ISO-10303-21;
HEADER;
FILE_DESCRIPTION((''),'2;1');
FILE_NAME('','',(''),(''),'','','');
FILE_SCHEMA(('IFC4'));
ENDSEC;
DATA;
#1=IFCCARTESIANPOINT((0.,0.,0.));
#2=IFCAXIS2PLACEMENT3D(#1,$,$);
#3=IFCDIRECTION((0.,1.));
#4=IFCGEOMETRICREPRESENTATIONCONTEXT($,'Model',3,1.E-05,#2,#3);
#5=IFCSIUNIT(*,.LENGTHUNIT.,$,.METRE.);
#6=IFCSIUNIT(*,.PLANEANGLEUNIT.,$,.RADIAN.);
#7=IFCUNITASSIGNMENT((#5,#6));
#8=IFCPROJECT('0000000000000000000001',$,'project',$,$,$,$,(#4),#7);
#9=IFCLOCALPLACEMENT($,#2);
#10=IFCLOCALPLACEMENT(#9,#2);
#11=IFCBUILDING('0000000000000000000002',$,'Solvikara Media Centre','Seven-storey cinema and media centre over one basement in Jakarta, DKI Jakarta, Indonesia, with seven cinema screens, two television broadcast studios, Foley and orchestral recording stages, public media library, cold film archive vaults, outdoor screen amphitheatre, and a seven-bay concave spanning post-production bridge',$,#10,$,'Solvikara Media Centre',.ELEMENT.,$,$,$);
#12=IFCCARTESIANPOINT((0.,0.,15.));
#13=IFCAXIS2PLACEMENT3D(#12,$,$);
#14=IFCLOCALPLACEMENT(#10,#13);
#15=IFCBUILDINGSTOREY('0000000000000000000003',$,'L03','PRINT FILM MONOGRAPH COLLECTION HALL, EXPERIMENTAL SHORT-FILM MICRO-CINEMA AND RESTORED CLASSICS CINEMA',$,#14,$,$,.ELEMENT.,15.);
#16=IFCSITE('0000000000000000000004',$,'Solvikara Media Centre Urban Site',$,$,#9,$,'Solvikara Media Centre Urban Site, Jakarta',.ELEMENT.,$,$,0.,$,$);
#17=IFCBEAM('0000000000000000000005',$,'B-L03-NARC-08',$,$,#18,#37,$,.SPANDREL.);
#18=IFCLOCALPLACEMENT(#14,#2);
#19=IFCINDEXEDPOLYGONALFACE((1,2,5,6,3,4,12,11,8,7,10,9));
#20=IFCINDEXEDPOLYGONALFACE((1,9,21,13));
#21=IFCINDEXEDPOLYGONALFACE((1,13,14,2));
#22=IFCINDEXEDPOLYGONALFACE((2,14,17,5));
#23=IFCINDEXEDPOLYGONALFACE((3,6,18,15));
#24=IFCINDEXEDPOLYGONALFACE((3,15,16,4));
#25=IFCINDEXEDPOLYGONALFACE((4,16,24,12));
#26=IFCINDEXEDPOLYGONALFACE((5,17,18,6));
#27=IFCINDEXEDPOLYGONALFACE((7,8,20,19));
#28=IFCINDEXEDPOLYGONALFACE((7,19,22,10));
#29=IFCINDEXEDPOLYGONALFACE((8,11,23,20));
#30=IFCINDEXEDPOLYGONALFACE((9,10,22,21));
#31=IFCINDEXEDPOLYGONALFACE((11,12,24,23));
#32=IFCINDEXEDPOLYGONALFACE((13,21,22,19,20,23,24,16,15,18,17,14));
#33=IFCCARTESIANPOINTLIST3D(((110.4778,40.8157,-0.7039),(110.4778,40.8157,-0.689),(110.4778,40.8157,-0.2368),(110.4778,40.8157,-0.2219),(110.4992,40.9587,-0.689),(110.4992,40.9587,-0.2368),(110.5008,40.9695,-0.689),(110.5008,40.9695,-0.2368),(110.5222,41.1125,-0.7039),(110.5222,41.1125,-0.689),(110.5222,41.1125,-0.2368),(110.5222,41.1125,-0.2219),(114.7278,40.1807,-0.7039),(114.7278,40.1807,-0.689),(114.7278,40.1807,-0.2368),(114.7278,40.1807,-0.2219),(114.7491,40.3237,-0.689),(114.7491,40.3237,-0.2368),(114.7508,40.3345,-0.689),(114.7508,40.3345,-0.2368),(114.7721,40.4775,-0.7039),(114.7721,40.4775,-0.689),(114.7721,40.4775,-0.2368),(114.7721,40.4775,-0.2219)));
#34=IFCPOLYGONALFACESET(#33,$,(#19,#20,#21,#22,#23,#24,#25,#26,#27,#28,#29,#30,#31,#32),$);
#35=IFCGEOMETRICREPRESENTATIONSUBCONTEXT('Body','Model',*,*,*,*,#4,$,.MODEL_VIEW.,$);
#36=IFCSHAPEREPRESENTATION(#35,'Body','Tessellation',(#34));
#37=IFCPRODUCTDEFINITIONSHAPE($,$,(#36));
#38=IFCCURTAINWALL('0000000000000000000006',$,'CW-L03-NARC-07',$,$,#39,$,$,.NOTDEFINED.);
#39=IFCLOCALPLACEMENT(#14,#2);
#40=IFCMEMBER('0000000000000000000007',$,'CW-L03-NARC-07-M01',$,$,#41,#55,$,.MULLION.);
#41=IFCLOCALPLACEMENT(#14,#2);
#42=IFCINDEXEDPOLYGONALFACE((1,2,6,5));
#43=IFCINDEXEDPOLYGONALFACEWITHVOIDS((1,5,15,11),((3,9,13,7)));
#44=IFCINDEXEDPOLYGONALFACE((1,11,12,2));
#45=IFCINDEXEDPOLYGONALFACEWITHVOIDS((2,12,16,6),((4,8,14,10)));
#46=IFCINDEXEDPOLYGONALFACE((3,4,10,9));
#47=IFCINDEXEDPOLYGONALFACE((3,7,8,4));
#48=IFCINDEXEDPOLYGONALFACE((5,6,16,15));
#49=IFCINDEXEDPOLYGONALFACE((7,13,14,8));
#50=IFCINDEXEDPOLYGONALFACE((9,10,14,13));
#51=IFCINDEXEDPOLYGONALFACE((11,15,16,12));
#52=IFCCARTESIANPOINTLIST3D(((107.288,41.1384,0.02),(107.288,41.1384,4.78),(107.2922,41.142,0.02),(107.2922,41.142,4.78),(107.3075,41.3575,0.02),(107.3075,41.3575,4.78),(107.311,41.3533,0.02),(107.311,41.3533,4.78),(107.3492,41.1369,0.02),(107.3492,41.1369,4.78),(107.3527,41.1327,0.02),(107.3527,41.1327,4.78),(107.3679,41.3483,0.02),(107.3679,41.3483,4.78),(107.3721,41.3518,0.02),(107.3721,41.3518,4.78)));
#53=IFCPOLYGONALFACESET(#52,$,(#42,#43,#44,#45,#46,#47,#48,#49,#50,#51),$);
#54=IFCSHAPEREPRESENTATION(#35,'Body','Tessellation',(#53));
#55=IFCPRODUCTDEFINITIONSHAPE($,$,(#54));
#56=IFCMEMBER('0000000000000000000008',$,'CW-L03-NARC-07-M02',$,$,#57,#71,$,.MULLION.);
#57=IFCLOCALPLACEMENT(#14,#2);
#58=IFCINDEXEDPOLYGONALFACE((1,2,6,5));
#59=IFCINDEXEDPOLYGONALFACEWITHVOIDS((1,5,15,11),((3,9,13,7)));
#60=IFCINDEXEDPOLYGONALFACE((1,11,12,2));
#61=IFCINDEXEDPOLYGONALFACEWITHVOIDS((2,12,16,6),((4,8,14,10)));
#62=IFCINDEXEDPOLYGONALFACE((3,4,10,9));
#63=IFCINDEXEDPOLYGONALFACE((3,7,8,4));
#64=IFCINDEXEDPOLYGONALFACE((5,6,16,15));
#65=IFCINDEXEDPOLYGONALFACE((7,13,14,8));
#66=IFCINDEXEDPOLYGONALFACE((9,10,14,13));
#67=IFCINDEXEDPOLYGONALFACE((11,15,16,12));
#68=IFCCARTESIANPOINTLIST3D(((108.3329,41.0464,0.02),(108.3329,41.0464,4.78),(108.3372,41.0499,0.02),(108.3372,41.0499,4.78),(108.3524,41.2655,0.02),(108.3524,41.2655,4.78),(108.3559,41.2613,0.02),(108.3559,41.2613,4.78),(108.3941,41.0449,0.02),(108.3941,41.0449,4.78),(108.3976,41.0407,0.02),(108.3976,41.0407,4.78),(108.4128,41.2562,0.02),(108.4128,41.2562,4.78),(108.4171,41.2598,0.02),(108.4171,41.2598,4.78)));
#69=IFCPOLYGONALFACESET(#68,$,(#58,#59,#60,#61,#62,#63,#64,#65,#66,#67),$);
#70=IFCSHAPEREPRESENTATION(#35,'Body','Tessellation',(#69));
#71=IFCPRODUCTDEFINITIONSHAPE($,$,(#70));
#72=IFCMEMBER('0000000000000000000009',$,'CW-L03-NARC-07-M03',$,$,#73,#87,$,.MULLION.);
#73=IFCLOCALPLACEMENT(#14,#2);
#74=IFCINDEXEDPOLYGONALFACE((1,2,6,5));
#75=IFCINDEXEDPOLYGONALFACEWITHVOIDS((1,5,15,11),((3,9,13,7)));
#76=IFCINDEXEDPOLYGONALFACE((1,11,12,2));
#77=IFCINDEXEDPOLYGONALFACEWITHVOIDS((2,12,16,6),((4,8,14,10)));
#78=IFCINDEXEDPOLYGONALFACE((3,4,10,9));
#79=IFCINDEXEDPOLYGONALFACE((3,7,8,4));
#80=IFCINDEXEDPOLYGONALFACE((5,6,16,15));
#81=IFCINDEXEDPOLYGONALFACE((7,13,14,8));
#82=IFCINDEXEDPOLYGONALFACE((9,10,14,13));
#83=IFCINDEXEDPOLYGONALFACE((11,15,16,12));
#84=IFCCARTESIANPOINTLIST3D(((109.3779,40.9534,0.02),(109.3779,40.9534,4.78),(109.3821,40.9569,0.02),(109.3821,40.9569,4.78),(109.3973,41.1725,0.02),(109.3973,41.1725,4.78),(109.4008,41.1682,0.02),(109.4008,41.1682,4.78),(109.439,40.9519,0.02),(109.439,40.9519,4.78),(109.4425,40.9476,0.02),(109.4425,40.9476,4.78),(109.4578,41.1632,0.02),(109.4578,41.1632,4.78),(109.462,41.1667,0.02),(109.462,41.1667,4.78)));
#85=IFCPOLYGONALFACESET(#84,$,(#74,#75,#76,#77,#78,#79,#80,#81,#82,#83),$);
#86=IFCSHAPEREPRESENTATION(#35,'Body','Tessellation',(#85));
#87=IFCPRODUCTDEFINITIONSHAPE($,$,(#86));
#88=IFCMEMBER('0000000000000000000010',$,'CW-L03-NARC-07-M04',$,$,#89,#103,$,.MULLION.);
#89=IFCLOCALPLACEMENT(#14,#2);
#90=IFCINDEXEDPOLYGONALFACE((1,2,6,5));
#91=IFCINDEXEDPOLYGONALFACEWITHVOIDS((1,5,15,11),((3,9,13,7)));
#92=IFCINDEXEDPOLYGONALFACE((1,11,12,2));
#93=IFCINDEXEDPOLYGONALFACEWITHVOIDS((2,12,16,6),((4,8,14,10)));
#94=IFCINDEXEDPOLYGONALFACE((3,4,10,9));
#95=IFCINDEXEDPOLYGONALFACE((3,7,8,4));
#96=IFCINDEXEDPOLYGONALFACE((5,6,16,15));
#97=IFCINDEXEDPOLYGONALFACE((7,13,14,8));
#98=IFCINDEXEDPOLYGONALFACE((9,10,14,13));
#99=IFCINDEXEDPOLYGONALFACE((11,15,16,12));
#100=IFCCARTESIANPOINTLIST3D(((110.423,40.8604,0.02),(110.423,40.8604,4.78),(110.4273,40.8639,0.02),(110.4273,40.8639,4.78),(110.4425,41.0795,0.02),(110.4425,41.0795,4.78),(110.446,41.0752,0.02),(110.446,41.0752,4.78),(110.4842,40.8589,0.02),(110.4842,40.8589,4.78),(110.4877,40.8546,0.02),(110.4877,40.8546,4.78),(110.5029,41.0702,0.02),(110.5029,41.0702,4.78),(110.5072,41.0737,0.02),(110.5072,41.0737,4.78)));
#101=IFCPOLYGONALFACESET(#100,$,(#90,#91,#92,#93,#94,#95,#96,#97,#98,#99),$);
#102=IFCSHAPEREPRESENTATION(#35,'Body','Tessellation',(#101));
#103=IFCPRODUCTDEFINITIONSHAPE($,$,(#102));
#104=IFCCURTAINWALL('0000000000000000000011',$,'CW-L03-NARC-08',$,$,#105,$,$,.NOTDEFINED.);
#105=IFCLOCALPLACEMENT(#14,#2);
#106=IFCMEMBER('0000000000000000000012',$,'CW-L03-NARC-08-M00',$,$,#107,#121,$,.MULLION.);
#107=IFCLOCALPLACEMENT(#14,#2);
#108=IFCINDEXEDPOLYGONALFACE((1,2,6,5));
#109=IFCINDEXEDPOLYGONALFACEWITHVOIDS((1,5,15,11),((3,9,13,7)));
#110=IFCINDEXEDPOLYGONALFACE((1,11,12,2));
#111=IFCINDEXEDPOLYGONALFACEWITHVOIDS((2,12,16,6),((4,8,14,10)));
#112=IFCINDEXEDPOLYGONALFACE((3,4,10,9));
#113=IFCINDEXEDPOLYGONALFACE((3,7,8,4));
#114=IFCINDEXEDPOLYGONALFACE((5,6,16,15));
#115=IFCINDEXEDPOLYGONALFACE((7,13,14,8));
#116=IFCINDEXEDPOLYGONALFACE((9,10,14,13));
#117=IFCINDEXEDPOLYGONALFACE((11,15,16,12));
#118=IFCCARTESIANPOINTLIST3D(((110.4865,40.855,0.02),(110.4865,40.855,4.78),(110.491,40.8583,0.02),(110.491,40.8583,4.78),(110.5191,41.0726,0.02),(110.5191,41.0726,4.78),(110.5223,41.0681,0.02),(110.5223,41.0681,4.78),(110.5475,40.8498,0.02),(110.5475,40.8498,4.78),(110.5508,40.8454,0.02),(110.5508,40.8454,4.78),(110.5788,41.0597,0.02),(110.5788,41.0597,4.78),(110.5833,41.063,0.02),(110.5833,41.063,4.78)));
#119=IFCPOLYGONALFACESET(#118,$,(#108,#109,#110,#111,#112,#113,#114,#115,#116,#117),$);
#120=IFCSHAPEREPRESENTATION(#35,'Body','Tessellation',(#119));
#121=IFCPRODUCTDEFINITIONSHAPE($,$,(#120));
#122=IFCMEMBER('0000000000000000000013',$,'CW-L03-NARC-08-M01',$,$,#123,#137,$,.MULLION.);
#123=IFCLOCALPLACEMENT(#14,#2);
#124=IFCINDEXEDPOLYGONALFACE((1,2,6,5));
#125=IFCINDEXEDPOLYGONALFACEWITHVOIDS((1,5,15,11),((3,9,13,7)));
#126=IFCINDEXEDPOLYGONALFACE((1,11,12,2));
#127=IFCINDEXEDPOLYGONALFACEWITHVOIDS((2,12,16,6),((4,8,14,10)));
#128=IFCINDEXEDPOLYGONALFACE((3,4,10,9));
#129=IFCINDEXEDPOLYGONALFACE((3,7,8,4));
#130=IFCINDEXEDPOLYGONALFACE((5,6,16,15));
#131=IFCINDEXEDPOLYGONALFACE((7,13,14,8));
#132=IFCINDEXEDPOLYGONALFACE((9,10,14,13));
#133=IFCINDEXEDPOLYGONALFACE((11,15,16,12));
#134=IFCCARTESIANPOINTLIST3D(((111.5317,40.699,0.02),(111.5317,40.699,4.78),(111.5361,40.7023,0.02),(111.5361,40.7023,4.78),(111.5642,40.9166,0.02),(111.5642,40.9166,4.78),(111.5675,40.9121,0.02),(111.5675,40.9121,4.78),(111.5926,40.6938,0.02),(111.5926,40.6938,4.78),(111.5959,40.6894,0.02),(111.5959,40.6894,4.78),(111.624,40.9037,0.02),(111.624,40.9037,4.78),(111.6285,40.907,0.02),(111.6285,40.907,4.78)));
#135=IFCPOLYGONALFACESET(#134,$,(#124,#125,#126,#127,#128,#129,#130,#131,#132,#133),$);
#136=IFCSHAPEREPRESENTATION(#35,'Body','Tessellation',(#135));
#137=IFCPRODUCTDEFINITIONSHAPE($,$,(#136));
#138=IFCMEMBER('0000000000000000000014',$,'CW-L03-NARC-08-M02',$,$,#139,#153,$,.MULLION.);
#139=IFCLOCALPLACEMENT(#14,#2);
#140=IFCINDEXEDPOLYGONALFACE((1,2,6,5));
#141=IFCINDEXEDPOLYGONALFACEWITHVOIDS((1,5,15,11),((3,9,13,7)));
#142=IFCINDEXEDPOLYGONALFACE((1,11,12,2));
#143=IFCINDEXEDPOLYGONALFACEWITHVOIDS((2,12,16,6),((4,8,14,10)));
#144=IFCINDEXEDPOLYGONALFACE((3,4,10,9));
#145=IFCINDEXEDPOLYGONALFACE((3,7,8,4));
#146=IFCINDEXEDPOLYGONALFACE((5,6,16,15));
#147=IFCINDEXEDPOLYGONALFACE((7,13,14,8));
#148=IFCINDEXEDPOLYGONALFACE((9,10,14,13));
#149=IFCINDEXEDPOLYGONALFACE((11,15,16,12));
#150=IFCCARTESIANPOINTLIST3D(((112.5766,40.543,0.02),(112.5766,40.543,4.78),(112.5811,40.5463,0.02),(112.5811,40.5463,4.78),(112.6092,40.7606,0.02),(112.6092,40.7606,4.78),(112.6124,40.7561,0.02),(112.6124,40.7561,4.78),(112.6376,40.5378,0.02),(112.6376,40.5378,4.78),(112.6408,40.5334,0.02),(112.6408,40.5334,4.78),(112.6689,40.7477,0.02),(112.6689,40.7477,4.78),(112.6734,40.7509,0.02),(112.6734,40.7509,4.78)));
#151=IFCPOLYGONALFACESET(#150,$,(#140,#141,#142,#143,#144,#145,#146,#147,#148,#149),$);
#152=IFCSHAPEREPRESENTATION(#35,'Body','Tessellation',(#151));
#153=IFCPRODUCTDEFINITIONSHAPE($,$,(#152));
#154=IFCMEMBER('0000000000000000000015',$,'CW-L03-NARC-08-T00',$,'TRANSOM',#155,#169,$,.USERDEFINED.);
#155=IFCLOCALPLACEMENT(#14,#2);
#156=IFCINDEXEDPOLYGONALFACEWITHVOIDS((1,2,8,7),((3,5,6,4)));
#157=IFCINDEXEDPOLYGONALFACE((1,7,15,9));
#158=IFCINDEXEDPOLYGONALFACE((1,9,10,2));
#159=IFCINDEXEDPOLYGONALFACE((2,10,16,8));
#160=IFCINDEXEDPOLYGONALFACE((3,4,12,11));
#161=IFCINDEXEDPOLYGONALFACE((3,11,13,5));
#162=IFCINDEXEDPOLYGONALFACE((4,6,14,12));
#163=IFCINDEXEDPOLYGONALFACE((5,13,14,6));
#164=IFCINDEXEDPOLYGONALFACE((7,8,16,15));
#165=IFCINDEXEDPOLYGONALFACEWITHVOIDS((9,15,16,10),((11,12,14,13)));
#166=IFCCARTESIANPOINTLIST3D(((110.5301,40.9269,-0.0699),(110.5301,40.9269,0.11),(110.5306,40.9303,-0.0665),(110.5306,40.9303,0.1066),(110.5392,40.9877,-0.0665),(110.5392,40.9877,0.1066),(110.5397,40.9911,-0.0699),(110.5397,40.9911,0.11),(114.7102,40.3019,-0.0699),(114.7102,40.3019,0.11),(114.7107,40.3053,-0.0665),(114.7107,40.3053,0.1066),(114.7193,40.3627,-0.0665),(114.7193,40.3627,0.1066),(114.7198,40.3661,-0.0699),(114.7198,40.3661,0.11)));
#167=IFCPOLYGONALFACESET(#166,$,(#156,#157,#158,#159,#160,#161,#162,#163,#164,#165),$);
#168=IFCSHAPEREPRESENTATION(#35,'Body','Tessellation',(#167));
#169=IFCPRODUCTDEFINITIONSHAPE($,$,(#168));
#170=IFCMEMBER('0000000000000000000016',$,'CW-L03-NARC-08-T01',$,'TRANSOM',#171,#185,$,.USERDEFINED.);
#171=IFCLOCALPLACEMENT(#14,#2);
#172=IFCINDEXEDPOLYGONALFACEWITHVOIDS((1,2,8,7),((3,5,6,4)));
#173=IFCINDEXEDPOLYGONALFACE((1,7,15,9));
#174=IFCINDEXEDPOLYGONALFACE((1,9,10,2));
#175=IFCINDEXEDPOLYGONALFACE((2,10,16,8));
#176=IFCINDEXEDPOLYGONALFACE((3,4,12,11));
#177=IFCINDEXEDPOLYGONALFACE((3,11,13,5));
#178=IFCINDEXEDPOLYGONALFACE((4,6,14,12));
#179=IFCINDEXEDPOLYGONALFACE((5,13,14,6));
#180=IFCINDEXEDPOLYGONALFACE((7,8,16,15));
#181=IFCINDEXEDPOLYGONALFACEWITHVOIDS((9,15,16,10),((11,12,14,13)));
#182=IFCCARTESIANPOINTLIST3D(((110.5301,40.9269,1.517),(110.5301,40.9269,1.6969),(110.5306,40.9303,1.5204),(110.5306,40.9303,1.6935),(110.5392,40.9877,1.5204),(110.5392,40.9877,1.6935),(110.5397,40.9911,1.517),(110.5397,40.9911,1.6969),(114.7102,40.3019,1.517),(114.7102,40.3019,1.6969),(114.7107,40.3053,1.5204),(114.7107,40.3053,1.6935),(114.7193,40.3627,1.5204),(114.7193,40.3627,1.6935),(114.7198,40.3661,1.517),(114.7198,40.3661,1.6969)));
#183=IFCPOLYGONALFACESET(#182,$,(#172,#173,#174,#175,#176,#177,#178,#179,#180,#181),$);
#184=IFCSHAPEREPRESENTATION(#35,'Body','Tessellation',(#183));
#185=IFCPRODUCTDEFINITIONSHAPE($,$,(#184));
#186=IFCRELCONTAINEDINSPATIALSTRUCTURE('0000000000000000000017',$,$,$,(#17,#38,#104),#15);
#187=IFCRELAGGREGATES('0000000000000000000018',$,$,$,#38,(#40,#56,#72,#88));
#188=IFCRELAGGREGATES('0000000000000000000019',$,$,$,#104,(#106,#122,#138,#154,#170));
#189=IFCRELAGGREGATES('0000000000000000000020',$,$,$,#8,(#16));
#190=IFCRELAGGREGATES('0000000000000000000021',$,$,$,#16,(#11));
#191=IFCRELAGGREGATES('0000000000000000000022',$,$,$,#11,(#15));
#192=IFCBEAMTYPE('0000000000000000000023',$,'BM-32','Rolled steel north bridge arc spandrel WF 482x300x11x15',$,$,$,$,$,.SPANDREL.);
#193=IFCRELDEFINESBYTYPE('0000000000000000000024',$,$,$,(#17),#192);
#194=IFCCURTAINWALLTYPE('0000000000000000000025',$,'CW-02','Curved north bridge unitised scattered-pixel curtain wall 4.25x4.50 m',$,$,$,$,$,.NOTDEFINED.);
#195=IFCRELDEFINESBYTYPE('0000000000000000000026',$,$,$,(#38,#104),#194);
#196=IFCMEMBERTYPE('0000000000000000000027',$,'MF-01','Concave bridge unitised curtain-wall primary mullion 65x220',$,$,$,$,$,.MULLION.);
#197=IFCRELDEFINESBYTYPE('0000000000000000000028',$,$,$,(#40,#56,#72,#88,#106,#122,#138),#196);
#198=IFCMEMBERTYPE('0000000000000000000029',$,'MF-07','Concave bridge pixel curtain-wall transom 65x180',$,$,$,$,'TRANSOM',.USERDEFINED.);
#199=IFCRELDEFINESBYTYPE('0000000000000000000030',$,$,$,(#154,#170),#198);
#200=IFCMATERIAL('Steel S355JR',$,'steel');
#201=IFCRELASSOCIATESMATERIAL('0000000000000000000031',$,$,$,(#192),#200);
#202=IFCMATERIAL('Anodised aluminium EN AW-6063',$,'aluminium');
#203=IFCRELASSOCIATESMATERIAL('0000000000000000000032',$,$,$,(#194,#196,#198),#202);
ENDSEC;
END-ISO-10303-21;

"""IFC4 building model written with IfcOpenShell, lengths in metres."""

from ifc_helpers import new_model, si_unit, direction, frame, origin, origin_2d, place, context, subcontext, project, spatial, hollow_rectangle, i_section, extrude, material, material_profile, profile_set, type_object, element, aggregate, save


model = new_model("IFC4")

# Units and contexts
model_context = context("Model", 3, precision=1e-05, world=origin(), true_north=direction((0.0, 1.0)))
body_context = subcontext(model_context, "Body", "Model", "MODEL_VIEW")
ifc_project = project(units=[si_unit("LENGTHUNIT", "METRE"), si_unit("PLANEANGLEUNIT", "RADIAN")], contexts=[model_context])

# Site, building, storey
site_placement = place(None, origin())
site = spatial("IfcSite", under=ifc_project, at=site_placement, Name="Solvikara Media Centre Urban Site", LongName="Solvikara Media Centre Urban Site, Jakarta", CompositionType="ELEMENT", RefElevation=0.0)
building_placement = place(site_placement, origin())
building = spatial("IfcBuilding", under=site, at=building_placement, Name="Solvikara Media Centre", Description="Seven-storey cinema and media centre over one basement in Jakarta, DKI Jakarta, Indonesia, with seven cinema screens, two television broadcast studios, Foley and orchestral recording stages, public media library, cold film archive vaults, outdoor screen amphitheatre, and a seven-bay concave spanning post-production bridge", LongName="Solvikara Media Centre", CompositionType="ELEMENT")
storey_placement = place(building_placement, frame((0.0, 0.0, 15.0)))
storey = spatial("IfcBuildingStorey", under=building, at=storey_placement, Name="L03", Description="PRINT FILM MONOGRAPH COLLECTION HALL, EXPERIMENTAL SHORT-FILM MICRO-CINEMA AND RESTORED CLASSICS CINEMA", CompositionType="ELEMENT", Elevation=15.0)

# Beam
ifc_material_1 = material(Name="Steel S355JR", Category="steel")
ifc_material_profile_1 = material_profile(ifc_material_1, i_section(OverallWidth=0.3, OverallDepth=0.4819, WebThickness=0.011, FlangeThickness=0.0149, at=origin_2d()), Name="WF 482x300x11x15")
ifc_profile_set_1 = profile_set([ifc_material_profile_1], Name="Steel S355JR")
beam_type = type_object("IfcBeamType", Name="BM-32", Description="Rolled steel north bridge arc spandrel WF 482x300x11x15", PredefinedType="SPANDREL", material=ifc_profile_set_1)
beam_placement = place(storey_placement, frame((110.5, 40.9641, -0.4629), z_axis=(0.989021, -0.147774, 0.0), x_axis=(0.147774, 0.989021, 0.0)))
element("IfcBeam", 1, at=beam_placement, inside=storey, type_object=beam_type, Name="B-L03-NARC-08", PredefinedType="SPANDREL", context=body_context, shape_type="SweptSolid", body=[
    extrude(i_section(OverallWidth=0.3, OverallDepth=0.4819, WebThickness=0.011, FlangeThickness=0.0149, at=origin_2d()), origin(), (0.0, 0.0, 1.0), 4.2971),
])

# Curtain walls, members
ifc_material_2 = material(Name="Anodised aluminium EN AW-6063", Category="aluminium")
curtain_wall_type = type_object("IfcCurtainWallType", Name="CW-02", Description="Curved north bridge unitised scattered-pixel curtain wall 4.25x4.50 m", PredefinedType="NOTDEFINED", material=ifc_material_2)
curtain_wall_1_placement = place(storey_placement, origin())
curtain_wall_1 = element("IfcCurtainWall", 2, at=curtain_wall_1_placement, inside=storey, type_object=curtain_wall_type, Name="CW-L03-NARC-07", PredefinedType="NOTDEFINED")
ifc_material_profile_2 = material_profile(ifc_material_2, hollow_rectangle(XDim=0.0649, YDim=0.22, WallThickness=0.0039, at=origin_2d()), Name="ALU-M 65x220x4")
ifc_profile_set_2 = profile_set([ifc_material_profile_2], Name="Anodised aluminium EN AW-6063")
member_type_1 = type_object("IfcMemberType", Name="MF-01", Description="Concave bridge unitised curtain-wall primary mullion 65x220", PredefinedType="MULLION", material=ifc_profile_set_2)
member_1_placement = place(storey_placement, frame((107.3301, 41.2451, 0.02), z_axis=(0.0, 0.0, 1.0), x_axis=(0.996084, -0.088408, 0.0)))
member_1 = element("IfcMember", 3, at=member_1_placement, type_object=member_type_1, Name="CW-L03-NARC-07-M01", PredefinedType="MULLION", context=body_context, shape_type="SweptSolid", body=[
    extrude(hollow_rectangle(XDim=0.0649, YDim=0.22, WallThickness=0.0039, at=origin_2d()), origin(), (0.0, 0.0, 1.0), 4.76),
])
member_2_placement = place(storey_placement, frame((108.375, 41.1531, 0.02), z_axis=(0.0, 0.0, 1.0), x_axis=(0.996084, -0.088408, 0.0)))
member_2 = element("IfcMember", 4, at=member_2_placement, type_object=member_type_1, Name="CW-L03-NARC-07-M02", PredefinedType="MULLION", context=body_context, shape_type="SweptSolid", body=[
    extrude(hollow_rectangle(XDim=0.0649, YDim=0.22, WallThickness=0.0039, at=origin_2d()), origin(), (0.0, 0.0, 1.0), 4.76),
])
member_3_placement = place(storey_placement, frame((109.4199, 41.0601, 0.02), z_axis=(0.0, 0.0, 1.0), x_axis=(0.996084, -0.088408, 0.0)))
member_3 = element("IfcMember", 5, at=member_3_placement, type_object=member_type_1, Name="CW-L03-NARC-07-M03", PredefinedType="MULLION", context=body_context, shape_type="SweptSolid", body=[
    extrude(hollow_rectangle(XDim=0.0649, YDim=0.22, WallThickness=0.0039, at=origin_2d()), origin(), (0.0, 0.0, 1.0), 4.76),
])
member_4_placement = place(storey_placement, frame((110.4651, 40.967, 0.02), z_axis=(0.0, 0.0, 1.0), x_axis=(0.996084, -0.088408, 0.0)))
member_4 = element("IfcMember", 6, at=member_4_placement, type_object=member_type_1, Name="CW-L03-NARC-07-M04", PredefinedType="MULLION", context=body_context, shape_type="SweptSolid", body=[
    extrude(hollow_rectangle(XDim=0.0649, YDim=0.22, WallThickness=0.0039, at=origin_2d()), origin(), (0.0, 0.0, 1.0), 4.76),
])
curtain_wall_2_placement = place(storey_placement, origin())
curtain_wall_2 = element("IfcCurtainWall", 7, at=curtain_wall_2_placement, inside=storey, type_object=curtain_wall_type, Name="CW-L03-NARC-08", PredefinedType="NOTDEFINED")
member_5_placement = place(storey_placement, frame((110.5349, 40.959, 0.02), z_axis=(0.0, 0.0, 1.0), x_axis=(0.989006, -0.147878, 0.0)))
member_5 = element("IfcMember", 8, at=member_5_placement, type_object=member_type_1, Name="CW-L03-NARC-08-M00", PredefinedType="MULLION", context=body_context, shape_type="SweptSolid", body=[
    extrude(hollow_rectangle(XDim=0.0649, YDim=0.22, WallThickness=0.0039, at=origin_2d()), origin(), (0.0, 0.0, 1.0), 4.76),
])
member_6_placement = place(storey_placement, frame((111.5801, 40.803, 0.02), z_axis=(0.0, 0.0, 1.0), x_axis=(0.989006, -0.147878, 0.0)))
member_6 = element("IfcMember", 9, at=member_6_placement, type_object=member_type_1, Name="CW-L03-NARC-08-M01", PredefinedType="MULLION", context=body_context, shape_type="SweptSolid", body=[
    extrude(hollow_rectangle(XDim=0.0649, YDim=0.22, WallThickness=0.0039, at=origin_2d()), origin(), (0.0, 0.0, 1.0), 4.76),
])
member_7_placement = place(storey_placement, frame((112.625, 40.647, 0.02), z_axis=(0.0, 0.0, 1.0), x_axis=(0.989006, -0.147878, 0.0)))
member_7 = element("IfcMember", 10, at=member_7_placement, type_object=member_type_1, Name="CW-L03-NARC-08-M02", PredefinedType="MULLION", context=body_context, shape_type="SweptSolid", body=[
    extrude(hollow_rectangle(XDim=0.0649, YDim=0.22, WallThickness=0.0039, at=origin_2d()), origin(), (0.0, 0.0, 1.0), 4.76),
])
ifc_material_profile_3 = material_profile(ifc_material_2, hollow_rectangle(XDim=0.0649, YDim=0.1799, WallThickness=0.0034, at=origin_2d()), Name="ALU-T 65x180x3.5")
ifc_profile_set_3 = profile_set([ifc_material_profile_3], Name="Anodised aluminium EN AW-6063")
member_type_2 = type_object("IfcMemberType", Name="MF-07", Description="Concave bridge pixel curtain-wall transom 65x180", ElementType="TRANSOM", PredefinedType="USERDEFINED", material=ifc_profile_set_3)
member_8_placement = place(storey_placement, frame((110.5349, 40.959, 0.02), z_axis=(0.989007, -0.147872, 0.0), x_axis=(0.147872, 0.989007, 0.0)))
member_8 = element("IfcMember", 11, at=member_8_placement, type_object=member_type_2, Name="CW-L03-NARC-08-T00", ObjectType="TRANSOM", PredefinedType="USERDEFINED", context=body_context, shape_type="SweptSolid", body=[
    extrude(hollow_rectangle(XDim=0.0649, YDim=0.1799, WallThickness=0.0034, at=origin_2d()), origin(), (0.0, 0.0, 1.0), 4.2266),
])
member_9_placement = place(storey_placement, frame((110.5349, 40.959, 1.6069), z_axis=(0.989007, -0.147872, 0.0), x_axis=(0.147872, 0.989007, 0.0)))
member_9 = element("IfcMember", 12, at=member_9_placement, type_object=member_type_2, Name="CW-L03-NARC-08-T01", ObjectType="TRANSOM", PredefinedType="USERDEFINED", context=body_context, shape_type="SweptSolid", body=[
    extrude(hollow_rectangle(XDim=0.0649, YDim=0.1799, WallThickness=0.0034, at=origin_2d()), origin(), (0.0, 0.0, 1.0), 4.2266),
])

aggregate(curtain_wall_1, [member_1, member_2, member_3, member_4])
aggregate(curtain_wall_2, [member_5, member_6, member_7, member_8, member_9])

save(model, "model.ifc")
